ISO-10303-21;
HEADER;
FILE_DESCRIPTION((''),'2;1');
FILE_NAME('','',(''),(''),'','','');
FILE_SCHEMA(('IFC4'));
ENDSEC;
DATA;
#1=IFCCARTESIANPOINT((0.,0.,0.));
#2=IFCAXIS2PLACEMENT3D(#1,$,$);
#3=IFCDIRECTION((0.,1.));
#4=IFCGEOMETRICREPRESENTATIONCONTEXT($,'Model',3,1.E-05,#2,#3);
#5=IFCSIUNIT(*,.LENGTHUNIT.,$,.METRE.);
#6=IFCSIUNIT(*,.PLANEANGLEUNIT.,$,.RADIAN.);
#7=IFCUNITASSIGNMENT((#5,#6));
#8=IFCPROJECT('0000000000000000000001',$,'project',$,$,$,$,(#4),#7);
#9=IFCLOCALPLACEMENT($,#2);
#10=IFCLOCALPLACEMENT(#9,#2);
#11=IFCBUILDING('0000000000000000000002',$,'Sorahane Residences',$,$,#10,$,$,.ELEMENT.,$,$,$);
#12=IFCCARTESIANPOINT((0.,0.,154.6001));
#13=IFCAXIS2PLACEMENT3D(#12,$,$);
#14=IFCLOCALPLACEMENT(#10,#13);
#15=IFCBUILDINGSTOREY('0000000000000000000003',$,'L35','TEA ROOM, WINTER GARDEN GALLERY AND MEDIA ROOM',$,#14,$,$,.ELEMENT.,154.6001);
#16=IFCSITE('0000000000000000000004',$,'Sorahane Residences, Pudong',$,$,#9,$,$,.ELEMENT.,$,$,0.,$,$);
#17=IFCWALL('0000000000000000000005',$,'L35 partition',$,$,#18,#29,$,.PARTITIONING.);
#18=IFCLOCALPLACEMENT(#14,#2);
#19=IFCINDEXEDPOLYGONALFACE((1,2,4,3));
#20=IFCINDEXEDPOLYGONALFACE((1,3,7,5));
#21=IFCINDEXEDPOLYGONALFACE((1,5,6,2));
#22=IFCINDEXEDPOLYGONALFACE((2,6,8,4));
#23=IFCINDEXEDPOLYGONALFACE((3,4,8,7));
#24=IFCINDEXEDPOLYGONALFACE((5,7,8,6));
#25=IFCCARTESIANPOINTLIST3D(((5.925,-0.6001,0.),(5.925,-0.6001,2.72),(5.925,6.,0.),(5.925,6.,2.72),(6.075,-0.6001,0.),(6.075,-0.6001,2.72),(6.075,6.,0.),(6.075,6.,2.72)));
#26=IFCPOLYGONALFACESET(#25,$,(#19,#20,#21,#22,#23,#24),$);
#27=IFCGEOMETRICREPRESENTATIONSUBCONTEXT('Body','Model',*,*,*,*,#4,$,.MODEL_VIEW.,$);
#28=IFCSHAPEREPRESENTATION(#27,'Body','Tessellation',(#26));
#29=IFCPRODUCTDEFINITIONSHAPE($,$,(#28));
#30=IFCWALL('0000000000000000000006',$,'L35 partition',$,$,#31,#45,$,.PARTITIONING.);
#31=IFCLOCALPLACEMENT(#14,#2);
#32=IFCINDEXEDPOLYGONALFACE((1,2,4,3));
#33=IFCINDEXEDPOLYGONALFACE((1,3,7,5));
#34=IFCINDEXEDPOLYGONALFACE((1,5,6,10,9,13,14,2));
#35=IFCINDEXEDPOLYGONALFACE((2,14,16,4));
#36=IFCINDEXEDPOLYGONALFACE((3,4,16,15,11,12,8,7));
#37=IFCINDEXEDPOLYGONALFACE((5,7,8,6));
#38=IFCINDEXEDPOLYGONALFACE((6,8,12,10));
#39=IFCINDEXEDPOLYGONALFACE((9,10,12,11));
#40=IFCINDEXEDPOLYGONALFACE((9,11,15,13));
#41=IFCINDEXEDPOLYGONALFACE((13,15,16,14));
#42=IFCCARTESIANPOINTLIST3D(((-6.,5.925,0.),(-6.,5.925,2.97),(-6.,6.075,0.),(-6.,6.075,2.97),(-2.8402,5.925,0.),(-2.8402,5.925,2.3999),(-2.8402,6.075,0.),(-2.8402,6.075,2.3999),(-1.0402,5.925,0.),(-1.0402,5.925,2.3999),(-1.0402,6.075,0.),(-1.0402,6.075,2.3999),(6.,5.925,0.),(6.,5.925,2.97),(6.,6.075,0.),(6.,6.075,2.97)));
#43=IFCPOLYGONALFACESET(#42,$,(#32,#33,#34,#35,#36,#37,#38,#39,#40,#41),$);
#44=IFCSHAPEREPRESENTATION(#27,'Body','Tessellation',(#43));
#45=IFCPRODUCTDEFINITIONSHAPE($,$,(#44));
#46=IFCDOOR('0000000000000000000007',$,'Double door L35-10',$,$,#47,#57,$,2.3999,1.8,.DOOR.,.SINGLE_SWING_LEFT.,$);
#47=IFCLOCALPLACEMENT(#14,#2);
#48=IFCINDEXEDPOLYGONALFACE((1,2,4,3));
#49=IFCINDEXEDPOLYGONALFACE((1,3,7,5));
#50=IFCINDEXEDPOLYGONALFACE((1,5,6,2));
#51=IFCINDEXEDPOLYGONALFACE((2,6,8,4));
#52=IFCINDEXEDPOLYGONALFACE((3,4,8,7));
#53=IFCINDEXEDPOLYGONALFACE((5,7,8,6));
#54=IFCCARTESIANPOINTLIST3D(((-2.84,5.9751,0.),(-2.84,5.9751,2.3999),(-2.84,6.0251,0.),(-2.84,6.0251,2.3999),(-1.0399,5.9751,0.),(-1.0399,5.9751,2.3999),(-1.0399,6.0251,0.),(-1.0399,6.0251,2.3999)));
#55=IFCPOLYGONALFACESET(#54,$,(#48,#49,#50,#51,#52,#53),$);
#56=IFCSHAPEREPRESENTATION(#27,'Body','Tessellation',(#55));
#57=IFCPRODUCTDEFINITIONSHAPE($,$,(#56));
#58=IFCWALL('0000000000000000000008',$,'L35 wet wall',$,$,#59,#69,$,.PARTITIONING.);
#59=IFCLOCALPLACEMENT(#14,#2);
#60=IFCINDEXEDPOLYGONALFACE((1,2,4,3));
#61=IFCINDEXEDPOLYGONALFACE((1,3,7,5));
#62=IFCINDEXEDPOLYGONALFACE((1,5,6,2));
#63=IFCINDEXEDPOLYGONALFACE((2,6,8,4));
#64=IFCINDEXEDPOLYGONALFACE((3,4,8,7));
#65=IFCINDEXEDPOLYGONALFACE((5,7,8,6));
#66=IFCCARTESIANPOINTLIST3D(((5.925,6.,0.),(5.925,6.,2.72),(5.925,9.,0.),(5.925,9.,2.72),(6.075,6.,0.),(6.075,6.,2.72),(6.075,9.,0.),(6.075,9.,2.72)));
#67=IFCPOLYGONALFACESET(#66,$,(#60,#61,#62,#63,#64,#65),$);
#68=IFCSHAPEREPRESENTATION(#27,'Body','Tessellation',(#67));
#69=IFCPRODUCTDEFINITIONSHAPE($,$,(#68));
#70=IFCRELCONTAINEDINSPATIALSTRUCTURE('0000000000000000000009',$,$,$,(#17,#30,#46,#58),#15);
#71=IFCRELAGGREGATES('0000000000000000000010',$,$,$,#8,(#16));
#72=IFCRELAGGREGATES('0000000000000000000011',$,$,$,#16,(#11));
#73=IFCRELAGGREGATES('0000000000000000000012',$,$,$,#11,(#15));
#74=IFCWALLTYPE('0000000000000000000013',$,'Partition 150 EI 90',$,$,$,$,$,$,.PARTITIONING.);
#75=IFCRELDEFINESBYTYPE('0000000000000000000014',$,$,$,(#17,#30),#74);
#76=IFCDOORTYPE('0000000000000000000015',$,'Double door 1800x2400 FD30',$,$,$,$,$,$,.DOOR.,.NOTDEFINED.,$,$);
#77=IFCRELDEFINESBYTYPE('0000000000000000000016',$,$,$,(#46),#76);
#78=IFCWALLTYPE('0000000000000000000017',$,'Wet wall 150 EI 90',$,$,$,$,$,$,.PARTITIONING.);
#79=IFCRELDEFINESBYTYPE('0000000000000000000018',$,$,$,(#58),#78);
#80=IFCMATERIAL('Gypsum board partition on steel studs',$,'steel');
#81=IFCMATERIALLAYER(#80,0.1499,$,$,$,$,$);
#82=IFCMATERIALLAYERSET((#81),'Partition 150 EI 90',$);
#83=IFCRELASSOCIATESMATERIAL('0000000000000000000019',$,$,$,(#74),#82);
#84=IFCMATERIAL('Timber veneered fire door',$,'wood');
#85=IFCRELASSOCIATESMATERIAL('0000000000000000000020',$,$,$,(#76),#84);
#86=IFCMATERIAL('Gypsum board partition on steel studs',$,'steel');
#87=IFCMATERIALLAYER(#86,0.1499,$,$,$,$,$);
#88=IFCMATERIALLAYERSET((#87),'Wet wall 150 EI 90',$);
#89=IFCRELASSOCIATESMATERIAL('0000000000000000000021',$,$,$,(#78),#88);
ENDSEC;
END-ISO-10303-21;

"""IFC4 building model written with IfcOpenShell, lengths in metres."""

from ifc_helpers import new_model, si_unit, direction, frame, frame_2d, origin, place, context, subcontext, project, spatial, rectangle, extrude, material, layer, layer_set, type_object, element, fill, save


model = new_model("IFC4")

# Units and contexts
model_context = context("Model", 3, precision=1e-05, world=origin(), true_north=direction((0.0, 1.0)))
body_context = subcontext(model_context, "Body", "Model", "MODEL_VIEW")
ifc_project = project(units=[si_unit("LENGTHUNIT", "METRE"), si_unit("PLANEANGLEUNIT", "RADIAN")], contexts=[model_context])

# Site, building, storey
site_placement = place(None, origin())
site = spatial("IfcSite", under=ifc_project, at=site_placement, Name="Sorahane Residences, Pudong", CompositionType="ELEMENT", RefElevation=0.0)
building_placement = place(site_placement, origin())
building = spatial("IfcBuilding", under=site, at=building_placement, Name="Sorahane Residences", CompositionType="ELEMENT")
storey_placement = place(building_placement, frame((0.0, 0.0, 154.6001)))
storey = spatial("IfcBuildingStorey", under=building, at=storey_placement, Name="L35", Description="TEA ROOM, WINTER GARDEN GALLERY AND MEDIA ROOM", CompositionType="ELEMENT", Elevation=154.6001)

# Wall
ifc_material_1 = material(Name="Gypsum board partition on steel studs", Category="steel")
ifc_layer_1 = layer(ifc_material_1, 0.1499)
ifc_layer_set_1 = layer_set([ifc_layer_1], Name="Partition 150 EI 90")
wall_type_1 = type_object("IfcWallType", Name="Partition 150 EI 90", PredefinedType="PARTITIONING", material=ifc_layer_set_1)
wall_1_placement = place(storey_placement, frame((6.0, -0.6001, 0.0), z_axis=(0.0, 0.0, 1.0), x_axis=(0.0, 1.0, 0.0)))
element("IfcWall", 1, at=wall_1_placement, inside=storey, type_object=wall_type_1, Name="L35 partition", PredefinedType="PARTITIONING", context=body_context, shape_type="SweptSolid", body=[
    extrude(rectangle(XDim=6.6001, YDim=0.1499, at=frame_2d((3.3, 0.0))), origin(), (0.0, 0.0, 1.0), 2.72),
])

# Wall, opening, door
wall_2_placement = place(storey_placement, frame((-6.0, 6.0, 0.0), z_axis=(0.0, 0.0, 1.0), x_axis=(1.0, 0.0, 0.0)))
wall_2 = element("IfcWall", 2, at=wall_2_placement, inside=storey, type_object=wall_type_1, Name="L35 partition", PredefinedType="PARTITIONING", context=body_context, shape_type="SweptSolid", body=[
    extrude(rectangle(XDim=12.0, YDim=0.1499, at=frame_2d((6.0, 0.0))), origin(), (0.0, 0.0, 1.0), 2.97),
])
opening_placement = place(wall_2_placement, frame((3.1599, 0.0, 0.0)))
opening = element("IfcOpeningElement", 3, at=opening_placement, cuts=wall_2, PredefinedType="OPENING", context=body_context, shape_type="SweptSolid", body=[
    extrude(rectangle(XDim=1.8, YDim=2.3999, at=frame_2d((0.8999, 1.2))), frame((0.0, 0.085, 0.0), z_axis=(0.0, -1.0, 0.0), x_axis=(1.0, 0.0, 0.0)), (0.0, 0.0, 1.0), 0.1699),
])
ifc_material_2 = material(Name="Timber veneered fire door", Category="wood")
door_type = type_object("IfcDoorType", Name="Double door 1800x2400 FD30", OperationType="NOTDEFINED", PredefinedType="DOOR", material=ifc_material_2)
door_placement = place(opening_placement, frame((1.8, 0.0, 0.0), z_axis=(0.0, 0.0, 1.0), x_axis=(-1.0, 0.0, 0.0)))
door = element("IfcDoor", 4, at=door_placement, inside=storey, type_object=door_type, Name="Double door L35-10", OperationType="SINGLE_SWING_LEFT", OverallHeight=2.3999, OverallWidth=1.8, PredefinedType="DOOR", context=body_context, shape_type="SweptSolid", body=[
    extrude(rectangle(XDim=1.8, YDim=2.3999, at=frame_2d((0.8999, 1.2))), frame((0.0, 0.0249, 0.0), z_axis=(0.0, -1.0, 0.0), x_axis=(1.0, 0.0, 0.0)), (0.0, 0.0, 1.0), 0.05),
])
fill(opening, door)

# Wall
ifc_material_3 = material(Name="Gypsum board partition on steel studs", Category="steel")
ifc_layer_2 = layer(ifc_material_3, 0.1499)
ifc_layer_set_2 = layer_set([ifc_layer_2], Name="Wet wall 150 EI 90")
wall_type_2 = type_object("IfcWallType", Name="Wet wall 150 EI 90", PredefinedType="PARTITIONING", material=ifc_layer_set_2)
wall_3_placement = place(storey_placement, frame((6.0, 6.0, 0.0), z_axis=(0.0, 0.0, 1.0), x_axis=(0.0, 1.0, 0.0)))
element("IfcWall", 5, at=wall_3_placement, inside=storey, type_object=wall_type_2, Name="L35 wet wall", PredefinedType="PARTITIONING", context=body_context, shape_type="SweptSolid", body=[
    extrude(rectangle(XDim=3.0, YDim=0.1499, at=frame_2d((1.5, 0.0))), origin(), (0.0, 0.0, 1.0), 2.72),
])

save(model, "model.ifc")
